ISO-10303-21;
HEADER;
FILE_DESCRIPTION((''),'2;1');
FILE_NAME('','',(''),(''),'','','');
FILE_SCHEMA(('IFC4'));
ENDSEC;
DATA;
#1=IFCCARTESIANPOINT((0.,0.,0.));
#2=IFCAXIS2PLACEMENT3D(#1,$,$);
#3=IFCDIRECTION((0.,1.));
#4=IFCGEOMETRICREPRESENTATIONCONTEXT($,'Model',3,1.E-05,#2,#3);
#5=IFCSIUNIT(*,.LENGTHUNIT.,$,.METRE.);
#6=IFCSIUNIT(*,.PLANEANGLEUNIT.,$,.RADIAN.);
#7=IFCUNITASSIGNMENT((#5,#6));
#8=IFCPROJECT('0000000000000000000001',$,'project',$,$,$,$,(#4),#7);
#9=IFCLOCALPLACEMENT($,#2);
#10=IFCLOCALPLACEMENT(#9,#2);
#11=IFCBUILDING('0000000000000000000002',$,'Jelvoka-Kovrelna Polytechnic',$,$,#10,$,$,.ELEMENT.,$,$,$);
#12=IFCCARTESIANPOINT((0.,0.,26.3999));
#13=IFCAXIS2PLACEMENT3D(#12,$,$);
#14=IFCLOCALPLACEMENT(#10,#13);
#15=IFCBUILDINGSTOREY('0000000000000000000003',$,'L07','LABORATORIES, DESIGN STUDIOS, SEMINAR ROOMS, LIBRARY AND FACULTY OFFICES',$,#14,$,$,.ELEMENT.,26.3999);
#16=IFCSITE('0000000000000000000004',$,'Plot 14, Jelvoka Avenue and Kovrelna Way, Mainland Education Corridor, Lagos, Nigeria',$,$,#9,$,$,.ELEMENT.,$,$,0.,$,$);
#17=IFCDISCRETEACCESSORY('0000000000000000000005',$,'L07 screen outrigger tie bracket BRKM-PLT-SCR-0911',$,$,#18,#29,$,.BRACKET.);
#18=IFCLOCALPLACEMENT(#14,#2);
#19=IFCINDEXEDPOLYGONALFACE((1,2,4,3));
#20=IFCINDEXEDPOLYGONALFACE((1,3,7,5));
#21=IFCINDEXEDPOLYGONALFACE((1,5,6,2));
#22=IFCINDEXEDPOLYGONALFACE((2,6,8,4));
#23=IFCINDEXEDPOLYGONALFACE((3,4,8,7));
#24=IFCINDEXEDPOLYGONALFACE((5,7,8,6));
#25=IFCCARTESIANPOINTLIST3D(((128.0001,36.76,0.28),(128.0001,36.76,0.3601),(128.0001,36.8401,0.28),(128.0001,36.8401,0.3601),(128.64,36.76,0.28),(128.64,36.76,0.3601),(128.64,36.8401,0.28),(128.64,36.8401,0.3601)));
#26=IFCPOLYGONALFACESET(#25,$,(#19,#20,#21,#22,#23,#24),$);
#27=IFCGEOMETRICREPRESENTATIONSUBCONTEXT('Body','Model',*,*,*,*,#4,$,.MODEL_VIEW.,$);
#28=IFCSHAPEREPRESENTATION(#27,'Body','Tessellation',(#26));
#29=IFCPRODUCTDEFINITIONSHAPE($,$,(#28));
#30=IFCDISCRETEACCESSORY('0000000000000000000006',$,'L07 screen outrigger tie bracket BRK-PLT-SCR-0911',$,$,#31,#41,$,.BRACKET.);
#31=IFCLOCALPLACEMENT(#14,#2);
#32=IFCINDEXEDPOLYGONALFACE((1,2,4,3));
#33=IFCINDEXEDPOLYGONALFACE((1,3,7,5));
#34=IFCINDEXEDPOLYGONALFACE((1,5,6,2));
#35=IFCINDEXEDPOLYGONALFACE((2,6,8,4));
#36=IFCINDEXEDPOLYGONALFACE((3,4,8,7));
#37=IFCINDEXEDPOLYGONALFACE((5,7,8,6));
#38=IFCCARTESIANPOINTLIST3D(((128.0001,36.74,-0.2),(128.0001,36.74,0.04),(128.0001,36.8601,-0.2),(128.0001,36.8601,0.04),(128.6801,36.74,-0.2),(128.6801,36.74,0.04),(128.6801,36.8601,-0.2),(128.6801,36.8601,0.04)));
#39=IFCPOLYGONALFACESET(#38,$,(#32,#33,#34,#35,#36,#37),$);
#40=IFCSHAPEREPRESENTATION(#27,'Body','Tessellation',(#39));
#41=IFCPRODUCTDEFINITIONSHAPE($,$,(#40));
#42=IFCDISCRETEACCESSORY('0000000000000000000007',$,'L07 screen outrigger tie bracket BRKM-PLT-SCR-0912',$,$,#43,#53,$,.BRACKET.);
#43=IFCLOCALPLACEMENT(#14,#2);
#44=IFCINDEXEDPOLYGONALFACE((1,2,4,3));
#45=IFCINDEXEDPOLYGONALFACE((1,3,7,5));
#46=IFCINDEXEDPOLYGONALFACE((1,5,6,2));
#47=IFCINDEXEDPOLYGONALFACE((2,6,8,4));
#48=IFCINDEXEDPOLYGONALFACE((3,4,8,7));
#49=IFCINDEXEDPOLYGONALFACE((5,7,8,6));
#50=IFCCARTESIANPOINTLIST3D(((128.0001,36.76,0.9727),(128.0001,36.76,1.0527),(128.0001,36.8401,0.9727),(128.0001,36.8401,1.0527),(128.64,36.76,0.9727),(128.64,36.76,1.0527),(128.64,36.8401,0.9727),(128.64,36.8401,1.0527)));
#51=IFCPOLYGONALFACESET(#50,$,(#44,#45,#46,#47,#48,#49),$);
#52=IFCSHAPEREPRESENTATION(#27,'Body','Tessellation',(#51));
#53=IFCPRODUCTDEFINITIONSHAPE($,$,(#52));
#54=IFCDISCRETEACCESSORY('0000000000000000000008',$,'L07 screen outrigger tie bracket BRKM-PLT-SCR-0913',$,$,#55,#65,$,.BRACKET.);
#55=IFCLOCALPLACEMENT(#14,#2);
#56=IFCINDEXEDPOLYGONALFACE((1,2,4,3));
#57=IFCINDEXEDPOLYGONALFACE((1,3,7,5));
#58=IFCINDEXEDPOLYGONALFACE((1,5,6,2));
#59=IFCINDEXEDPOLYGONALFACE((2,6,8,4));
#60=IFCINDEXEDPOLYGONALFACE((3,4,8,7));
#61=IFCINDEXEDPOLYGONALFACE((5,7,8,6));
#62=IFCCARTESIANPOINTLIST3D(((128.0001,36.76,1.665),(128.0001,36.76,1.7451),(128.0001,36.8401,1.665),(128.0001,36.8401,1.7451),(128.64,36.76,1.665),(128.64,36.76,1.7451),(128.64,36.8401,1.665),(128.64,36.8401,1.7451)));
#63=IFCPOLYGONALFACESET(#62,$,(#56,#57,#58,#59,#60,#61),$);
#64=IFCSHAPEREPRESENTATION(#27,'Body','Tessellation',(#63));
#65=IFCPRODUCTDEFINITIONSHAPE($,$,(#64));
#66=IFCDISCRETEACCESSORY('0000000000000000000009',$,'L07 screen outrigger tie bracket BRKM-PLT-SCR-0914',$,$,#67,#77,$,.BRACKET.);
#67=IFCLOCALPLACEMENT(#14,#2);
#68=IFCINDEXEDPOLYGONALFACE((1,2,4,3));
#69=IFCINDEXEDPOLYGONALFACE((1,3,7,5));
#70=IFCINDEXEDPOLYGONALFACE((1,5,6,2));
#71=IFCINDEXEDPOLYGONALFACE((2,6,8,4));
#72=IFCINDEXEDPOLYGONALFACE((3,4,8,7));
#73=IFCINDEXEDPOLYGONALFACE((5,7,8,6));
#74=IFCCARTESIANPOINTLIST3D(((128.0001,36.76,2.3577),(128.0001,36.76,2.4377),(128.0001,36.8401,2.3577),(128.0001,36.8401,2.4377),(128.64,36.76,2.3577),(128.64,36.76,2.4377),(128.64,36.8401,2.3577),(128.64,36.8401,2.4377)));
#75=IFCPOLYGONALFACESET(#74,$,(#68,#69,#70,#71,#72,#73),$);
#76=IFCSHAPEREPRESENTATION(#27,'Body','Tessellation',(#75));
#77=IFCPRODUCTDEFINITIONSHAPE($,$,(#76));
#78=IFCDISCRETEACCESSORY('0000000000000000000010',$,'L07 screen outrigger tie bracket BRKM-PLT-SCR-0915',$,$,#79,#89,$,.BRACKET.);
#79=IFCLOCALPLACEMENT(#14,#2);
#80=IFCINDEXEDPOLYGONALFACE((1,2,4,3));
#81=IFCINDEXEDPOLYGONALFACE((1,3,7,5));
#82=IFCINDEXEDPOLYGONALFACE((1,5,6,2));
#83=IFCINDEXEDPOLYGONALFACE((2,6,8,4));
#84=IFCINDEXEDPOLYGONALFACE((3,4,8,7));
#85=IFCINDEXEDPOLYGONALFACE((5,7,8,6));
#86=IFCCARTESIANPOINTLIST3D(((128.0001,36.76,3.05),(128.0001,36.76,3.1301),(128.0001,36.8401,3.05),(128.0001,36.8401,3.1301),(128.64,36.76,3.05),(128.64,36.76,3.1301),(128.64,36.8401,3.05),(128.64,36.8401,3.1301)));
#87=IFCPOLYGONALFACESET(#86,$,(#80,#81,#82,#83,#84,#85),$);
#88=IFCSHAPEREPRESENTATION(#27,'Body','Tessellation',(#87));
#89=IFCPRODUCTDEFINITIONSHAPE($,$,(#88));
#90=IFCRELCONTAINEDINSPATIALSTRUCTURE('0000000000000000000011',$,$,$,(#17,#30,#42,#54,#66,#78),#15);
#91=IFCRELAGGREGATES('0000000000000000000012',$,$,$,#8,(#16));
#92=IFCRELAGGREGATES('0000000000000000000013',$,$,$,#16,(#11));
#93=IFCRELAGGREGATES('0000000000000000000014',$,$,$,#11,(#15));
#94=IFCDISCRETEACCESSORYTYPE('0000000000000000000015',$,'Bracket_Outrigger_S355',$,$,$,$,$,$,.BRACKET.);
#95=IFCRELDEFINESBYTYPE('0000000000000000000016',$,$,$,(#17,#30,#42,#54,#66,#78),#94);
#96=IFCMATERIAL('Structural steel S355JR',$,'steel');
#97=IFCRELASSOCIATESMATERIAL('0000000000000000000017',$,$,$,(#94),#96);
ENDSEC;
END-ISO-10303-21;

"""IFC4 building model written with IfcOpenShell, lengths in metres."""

from ifc_helpers import new_model, si_unit, direction, frame, origin, origin_2d, place, context, subcontext, project, spatial, rectangle, extrude, material, type_object, element, save


model = new_model("IFC4")

# Units and contexts
model_context = context("Model", 3, precision=1e-05, world=origin(), true_north=direction((0.0, 1.0)))
body_context = subcontext(model_context, "Body", "Model", "MODEL_VIEW")
ifc_project = project(units=[si_unit("LENGTHUNIT", "METRE"), si_unit("PLANEANGLEUNIT", "RADIAN")], contexts=[model_context])

# Site, building, storey
site_placement = place(None, origin())
site = spatial("IfcSite", under=ifc_project, at=site_placement, Name="Plot 14, Jelvoka Avenue and Kovrelna Way, Mainland Education Corridor, Lagos, Nigeria", CompositionType="ELEMENT", RefElevation=0.0)
building_placement = place(site_placement, origin())
building = spatial("IfcBuilding", under=site, at=building_placement, Name="Jelvoka-Kovrelna Polytechnic", CompositionType="ELEMENT")
storey_placement = place(building_placement, frame((0.0, 0.0, 26.3999)))
storey = spatial("IfcBuildingStorey", under=building, at=storey_placement, Name="L07", Description="LABORATORIES, DESIGN STUDIOS, SEMINAR ROOMS, LIBRARY AND FACULTY OFFICES", CompositionType="ELEMENT", Elevation=26.3999)

# Discrete accessories
ifc_material_1 = material(Name="Structural steel S355JR", Category="steel")
discrete_accessory_type = type_object("IfcDiscreteAccessoryType", Name="Bracket_Outrigger_S355", PredefinedType="BRACKET", material=ifc_material_1)
for number, where, z_axis, x_axis, name in (
    (1, (128.3201, 36.8, 0.28), (0.0, 0.0, 1.0), (1.0, 0.0, 0.0), "L07 screen outrigger tie bracket BRKM-PLT-SCR-0911"),
):
    element("IfcDiscreteAccessory", number, at=place(storey_placement, frame(where, z_axis=z_axis, x_axis=x_axis)), inside=storey, type_object=discrete_accessory_type, Name=name, PredefinedType="BRACKET", context=body_context, shape_type="SweptSolid", body=[
        extrude(rectangle(XDim=0.6399, YDim=0.0801, at=origin_2d()), origin(), (0.0, 0.0, 1.0), 0.0801),
    ])
discrete_accessory_1_placement = place(storey_placement, frame((128.3401, 36.8, -0.2), z_axis=(0.0, 0.0, 1.0), x_axis=(1.0, 0.0, 0.0)))
element("IfcDiscreteAccessory", 2, at=discrete_accessory_1_placement, inside=storey, type_object=discrete_accessory_type, Name="L07 screen outrigger tie bracket BRK-PLT-SCR-0911", PredefinedType="BRACKET", context=body_context, shape_type="SweptSolid", body=[
    extrude(rectangle(XDim=0.6799, YDim=0.1201, at=origin_2d()), origin(), (0.0, 0.0, 1.0), 0.24),
])
for number, where, z_axis, x_axis, name in (
    (3, (128.3201, 36.8, 0.9727), (0.0, 0.0, 1.0), (1.0, 0.0, 0.0), "L07 screen outrigger tie bracket BRKM-PLT-SCR-0912"),
    (4, (128.3201, 36.8, 1.665), (0.0, 0.0, 1.0), (1.0, 0.0, 0.0), "L07 screen outrigger tie bracket BRKM-PLT-SCR-0913"),
    (5, (128.3201, 36.8, 2.3577), (0.0, 0.0, 1.0), (1.0, 0.0, 0.0), "L07 screen outrigger tie bracket BRKM-PLT-SCR-0914"),
    (6, (128.3201, 36.8, 3.05), (0.0, 0.0, 1.0), (1.0, 0.0, 0.0), "L07 screen outrigger tie bracket BRKM-PLT-SCR-0915"),
):
    element("IfcDiscreteAccessory", number, at=place(storey_placement, frame(where, z_axis=z_axis, x_axis=x_axis)), inside=storey, type_object=discrete_accessory_type, Name=name, PredefinedType="BRACKET", context=body_context, shape_type="SweptSolid", body=[
        extrude(rectangle(XDim=0.6399, YDim=0.0801, at=origin_2d()), origin(), (0.0, 0.0, 1.0), 0.0801),
    ])

save(model, "model.ifc")
